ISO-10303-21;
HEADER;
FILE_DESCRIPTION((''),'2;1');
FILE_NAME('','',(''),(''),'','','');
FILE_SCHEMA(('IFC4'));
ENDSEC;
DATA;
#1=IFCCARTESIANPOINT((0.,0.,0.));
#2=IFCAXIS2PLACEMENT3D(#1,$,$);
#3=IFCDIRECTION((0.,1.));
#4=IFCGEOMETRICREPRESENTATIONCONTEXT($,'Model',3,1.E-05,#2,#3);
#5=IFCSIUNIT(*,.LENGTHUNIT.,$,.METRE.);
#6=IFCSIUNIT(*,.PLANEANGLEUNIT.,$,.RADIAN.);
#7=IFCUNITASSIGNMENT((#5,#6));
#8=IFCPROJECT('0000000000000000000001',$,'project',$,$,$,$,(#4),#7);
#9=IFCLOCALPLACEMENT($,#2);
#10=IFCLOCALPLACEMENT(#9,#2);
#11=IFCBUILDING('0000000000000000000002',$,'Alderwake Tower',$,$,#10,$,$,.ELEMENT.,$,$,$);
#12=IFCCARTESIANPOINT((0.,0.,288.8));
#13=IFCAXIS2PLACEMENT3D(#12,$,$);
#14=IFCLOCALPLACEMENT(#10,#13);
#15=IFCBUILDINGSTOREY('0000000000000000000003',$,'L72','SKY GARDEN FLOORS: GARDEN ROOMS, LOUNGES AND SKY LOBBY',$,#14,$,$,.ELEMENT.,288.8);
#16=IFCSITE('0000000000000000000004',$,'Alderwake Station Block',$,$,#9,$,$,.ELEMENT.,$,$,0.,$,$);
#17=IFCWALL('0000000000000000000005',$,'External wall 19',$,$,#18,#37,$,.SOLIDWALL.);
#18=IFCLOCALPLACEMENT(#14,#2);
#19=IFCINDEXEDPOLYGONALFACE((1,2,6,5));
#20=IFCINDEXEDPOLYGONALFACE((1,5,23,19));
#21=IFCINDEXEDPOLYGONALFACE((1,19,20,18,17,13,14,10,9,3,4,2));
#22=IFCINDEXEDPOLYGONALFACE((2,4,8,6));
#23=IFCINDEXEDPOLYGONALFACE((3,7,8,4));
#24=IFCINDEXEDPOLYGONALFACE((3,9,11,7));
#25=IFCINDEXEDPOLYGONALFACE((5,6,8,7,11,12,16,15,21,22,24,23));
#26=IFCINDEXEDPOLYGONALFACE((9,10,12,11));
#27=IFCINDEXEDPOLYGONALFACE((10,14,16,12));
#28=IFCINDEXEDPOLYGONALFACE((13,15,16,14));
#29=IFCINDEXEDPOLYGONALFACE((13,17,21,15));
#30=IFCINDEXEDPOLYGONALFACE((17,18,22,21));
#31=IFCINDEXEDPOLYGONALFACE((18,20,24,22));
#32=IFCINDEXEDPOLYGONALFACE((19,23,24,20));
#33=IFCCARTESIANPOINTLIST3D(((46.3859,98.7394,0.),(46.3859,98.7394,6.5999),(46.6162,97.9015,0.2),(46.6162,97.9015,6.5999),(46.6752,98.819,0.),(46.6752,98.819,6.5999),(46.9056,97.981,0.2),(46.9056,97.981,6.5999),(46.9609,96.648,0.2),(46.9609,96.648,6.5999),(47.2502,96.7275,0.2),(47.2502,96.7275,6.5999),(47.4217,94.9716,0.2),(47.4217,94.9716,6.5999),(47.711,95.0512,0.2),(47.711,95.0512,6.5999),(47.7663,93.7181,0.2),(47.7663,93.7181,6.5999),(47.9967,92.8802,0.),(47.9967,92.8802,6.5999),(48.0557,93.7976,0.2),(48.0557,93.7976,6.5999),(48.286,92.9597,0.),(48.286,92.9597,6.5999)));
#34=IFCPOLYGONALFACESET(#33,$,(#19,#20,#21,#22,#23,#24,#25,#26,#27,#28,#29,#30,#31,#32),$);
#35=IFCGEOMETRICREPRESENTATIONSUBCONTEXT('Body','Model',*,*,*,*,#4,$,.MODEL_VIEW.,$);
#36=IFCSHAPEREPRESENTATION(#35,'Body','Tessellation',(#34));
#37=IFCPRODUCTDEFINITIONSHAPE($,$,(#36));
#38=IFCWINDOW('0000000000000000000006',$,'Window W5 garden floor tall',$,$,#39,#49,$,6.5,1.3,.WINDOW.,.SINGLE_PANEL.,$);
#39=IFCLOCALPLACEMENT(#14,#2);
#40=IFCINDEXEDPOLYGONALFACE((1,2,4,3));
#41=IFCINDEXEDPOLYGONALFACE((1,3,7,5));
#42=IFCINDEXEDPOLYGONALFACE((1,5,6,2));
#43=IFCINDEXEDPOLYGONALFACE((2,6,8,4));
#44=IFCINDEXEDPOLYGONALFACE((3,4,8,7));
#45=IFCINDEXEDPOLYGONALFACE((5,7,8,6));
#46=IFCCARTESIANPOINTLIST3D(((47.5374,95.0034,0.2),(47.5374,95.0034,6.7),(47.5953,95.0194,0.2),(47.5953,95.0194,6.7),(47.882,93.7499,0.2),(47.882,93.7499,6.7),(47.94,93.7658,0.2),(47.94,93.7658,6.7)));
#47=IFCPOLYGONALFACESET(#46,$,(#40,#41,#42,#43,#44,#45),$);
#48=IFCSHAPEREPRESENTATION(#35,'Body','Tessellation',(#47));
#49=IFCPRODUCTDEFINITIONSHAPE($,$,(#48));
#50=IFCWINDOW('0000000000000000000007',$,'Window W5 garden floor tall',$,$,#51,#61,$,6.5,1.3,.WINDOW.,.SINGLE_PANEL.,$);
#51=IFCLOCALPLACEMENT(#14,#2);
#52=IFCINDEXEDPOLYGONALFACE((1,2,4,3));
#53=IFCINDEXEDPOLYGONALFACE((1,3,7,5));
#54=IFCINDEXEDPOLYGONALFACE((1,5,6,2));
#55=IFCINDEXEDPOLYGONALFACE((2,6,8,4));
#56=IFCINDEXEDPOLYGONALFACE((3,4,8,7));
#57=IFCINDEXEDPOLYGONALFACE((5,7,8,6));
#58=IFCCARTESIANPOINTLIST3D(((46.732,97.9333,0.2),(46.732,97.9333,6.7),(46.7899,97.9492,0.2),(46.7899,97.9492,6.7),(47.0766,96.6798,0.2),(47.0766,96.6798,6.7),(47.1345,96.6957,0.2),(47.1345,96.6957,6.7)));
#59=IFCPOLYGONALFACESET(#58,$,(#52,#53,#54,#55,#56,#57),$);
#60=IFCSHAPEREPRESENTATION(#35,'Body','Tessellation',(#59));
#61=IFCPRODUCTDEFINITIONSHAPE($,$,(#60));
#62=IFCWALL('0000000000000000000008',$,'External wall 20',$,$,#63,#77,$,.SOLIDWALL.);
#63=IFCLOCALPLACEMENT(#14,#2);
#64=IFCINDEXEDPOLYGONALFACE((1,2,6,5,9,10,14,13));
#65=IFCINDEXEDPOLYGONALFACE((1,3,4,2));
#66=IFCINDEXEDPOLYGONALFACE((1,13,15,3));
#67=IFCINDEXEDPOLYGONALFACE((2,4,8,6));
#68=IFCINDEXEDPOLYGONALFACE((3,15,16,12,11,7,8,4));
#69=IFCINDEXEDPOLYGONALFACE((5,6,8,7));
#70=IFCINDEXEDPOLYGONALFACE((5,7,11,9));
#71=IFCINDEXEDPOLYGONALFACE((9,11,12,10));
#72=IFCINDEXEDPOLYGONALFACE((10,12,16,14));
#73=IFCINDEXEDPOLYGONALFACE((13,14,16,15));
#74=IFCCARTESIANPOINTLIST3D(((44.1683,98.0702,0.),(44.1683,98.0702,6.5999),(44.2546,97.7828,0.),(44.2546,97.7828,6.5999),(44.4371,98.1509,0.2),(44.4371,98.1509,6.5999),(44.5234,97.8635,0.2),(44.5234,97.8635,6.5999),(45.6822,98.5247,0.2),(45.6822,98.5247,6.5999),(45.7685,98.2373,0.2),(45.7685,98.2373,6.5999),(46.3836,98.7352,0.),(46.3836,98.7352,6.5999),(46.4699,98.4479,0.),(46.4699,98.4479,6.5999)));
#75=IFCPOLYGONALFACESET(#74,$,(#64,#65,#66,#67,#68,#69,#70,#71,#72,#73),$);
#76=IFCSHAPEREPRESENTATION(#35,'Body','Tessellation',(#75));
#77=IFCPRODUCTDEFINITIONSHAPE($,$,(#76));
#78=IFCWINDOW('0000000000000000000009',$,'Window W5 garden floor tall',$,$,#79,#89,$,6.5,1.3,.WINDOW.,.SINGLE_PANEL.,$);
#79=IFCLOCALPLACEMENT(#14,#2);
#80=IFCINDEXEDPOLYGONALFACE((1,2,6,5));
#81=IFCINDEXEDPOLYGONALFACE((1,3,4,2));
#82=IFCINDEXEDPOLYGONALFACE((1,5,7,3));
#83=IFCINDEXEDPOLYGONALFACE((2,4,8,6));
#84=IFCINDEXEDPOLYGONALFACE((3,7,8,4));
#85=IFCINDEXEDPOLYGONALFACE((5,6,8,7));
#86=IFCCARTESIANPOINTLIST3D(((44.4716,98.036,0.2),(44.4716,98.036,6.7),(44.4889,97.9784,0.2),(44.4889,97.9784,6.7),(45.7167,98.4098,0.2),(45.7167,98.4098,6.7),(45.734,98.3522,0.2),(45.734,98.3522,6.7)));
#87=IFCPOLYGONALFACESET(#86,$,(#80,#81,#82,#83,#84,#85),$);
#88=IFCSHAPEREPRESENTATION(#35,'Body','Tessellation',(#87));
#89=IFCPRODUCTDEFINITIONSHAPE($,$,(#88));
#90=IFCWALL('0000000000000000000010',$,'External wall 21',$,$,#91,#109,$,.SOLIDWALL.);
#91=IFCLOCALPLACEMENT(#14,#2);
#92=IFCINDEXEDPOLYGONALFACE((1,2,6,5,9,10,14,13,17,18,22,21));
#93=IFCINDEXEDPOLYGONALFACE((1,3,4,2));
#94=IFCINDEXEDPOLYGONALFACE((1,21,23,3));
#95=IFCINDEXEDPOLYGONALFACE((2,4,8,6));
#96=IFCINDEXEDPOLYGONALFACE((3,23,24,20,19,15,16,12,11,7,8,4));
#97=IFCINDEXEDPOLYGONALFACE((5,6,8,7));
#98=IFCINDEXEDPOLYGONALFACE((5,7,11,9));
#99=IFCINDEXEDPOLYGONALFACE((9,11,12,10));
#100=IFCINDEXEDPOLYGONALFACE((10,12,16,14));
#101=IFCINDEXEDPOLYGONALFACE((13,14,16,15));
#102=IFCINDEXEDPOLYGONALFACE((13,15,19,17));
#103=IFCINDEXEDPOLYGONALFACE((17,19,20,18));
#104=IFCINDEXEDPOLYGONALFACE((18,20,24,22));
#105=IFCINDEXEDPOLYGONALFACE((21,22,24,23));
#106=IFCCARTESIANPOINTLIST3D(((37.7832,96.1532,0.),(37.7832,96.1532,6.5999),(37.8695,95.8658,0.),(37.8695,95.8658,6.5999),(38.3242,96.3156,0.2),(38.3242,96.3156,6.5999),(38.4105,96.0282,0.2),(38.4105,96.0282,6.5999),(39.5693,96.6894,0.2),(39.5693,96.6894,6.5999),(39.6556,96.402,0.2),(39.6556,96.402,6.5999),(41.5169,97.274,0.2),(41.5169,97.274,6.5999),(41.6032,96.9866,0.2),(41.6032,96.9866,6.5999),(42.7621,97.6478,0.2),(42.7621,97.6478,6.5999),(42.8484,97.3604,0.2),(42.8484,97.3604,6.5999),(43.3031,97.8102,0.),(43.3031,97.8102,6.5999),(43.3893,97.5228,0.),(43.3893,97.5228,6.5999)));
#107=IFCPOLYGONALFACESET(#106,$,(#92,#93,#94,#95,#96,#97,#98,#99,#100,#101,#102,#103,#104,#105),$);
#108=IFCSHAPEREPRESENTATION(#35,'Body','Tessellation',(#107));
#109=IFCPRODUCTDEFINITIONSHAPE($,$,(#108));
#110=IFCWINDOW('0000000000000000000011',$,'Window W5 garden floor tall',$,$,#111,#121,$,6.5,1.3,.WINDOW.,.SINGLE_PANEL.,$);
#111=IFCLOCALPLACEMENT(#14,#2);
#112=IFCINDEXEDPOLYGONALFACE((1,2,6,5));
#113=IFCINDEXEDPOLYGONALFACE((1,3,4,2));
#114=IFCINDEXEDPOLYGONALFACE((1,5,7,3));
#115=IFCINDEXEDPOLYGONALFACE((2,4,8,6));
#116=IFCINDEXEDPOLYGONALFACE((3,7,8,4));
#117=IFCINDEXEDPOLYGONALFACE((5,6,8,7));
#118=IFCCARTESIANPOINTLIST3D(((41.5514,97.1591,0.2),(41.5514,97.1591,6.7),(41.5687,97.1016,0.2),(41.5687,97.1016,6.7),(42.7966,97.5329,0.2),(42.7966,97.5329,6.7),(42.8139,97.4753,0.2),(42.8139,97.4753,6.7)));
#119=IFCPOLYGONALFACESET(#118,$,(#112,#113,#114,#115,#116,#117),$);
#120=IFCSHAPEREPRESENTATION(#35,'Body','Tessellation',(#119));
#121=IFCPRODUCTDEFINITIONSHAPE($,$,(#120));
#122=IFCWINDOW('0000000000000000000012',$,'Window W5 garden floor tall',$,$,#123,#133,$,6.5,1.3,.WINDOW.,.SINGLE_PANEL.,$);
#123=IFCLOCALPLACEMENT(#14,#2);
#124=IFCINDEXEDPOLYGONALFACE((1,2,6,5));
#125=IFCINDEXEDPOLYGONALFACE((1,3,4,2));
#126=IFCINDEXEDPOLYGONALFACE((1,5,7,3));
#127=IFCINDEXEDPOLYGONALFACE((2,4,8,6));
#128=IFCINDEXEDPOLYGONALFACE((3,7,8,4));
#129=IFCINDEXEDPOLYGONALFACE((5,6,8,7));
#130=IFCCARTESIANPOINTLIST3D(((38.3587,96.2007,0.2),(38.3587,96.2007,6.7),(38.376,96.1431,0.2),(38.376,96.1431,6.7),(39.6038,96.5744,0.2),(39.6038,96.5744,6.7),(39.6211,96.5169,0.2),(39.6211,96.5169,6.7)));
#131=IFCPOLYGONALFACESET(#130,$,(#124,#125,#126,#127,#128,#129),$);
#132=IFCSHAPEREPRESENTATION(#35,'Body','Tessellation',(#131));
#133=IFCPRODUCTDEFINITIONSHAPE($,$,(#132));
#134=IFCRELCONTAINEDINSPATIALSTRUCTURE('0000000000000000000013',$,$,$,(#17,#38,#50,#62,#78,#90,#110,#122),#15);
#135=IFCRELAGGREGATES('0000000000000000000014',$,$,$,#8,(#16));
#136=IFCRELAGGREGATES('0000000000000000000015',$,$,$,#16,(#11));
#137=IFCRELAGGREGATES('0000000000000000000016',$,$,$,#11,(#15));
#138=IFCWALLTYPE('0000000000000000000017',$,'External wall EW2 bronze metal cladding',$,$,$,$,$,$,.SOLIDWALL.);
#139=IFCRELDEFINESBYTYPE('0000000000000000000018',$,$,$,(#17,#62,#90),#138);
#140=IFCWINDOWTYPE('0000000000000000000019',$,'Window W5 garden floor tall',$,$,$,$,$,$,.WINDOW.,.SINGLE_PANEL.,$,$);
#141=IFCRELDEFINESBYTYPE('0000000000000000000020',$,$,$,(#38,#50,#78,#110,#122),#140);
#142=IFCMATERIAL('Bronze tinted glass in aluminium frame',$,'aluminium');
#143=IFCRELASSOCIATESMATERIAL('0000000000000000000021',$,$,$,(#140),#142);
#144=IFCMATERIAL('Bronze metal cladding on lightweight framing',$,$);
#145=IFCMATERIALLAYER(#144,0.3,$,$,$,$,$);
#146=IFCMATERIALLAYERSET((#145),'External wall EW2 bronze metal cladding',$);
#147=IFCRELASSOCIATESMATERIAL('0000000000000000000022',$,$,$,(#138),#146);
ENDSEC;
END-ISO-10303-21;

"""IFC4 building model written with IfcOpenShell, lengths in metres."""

from ifc_helpers import new_model, si_unit, direction, frame, frame_2d, origin, place, context, subcontext, project, spatial, rectangle, extrude, material, layer, layer_set, type_object, element, fill, save


model = new_model("IFC4")

# Units and contexts
model_context = context("Model", 3, precision=1e-05, world=origin(), true_north=direction((0.0, 1.0)))
body_context = subcontext(model_context, "Body", "Model", "MODEL_VIEW")
ifc_project = project(units=[si_unit("LENGTHUNIT", "METRE"), si_unit("PLANEANGLEUNIT", "RADIAN")], contexts=[model_context])

# Site, building, storey
site_placement = place(None, origin())
site = spatial("IfcSite", under=ifc_project, at=site_placement, Name="Alderwake Station Block", CompositionType="ELEMENT", RefElevation=0.0)
building_placement = place(site_placement, origin())
building = spatial("IfcBuilding", under=site, at=building_placement, Name="Alderwake Tower", CompositionType="ELEMENT")
storey_placement = place(building_placement, frame((0.0, 0.0, 288.8)))
storey = spatial("IfcBuildingStorey", under=building, at=storey_placement, Name="L72", Description="SKY GARDEN FLOORS: GARDEN ROOMS, LOUNGES AND SKY LOBBY", CompositionType="ELEMENT", Elevation=288.8)

# Shared definitions
ifc_material_1 = material(Name="Bronze tinted glass in aluminium frame", Category="aluminium")
window_type = type_object("IfcWindowType", Name="Window W5 garden floor tall", PartitioningType="SINGLE_PANEL", PredefinedType="WINDOW", material=ifc_material_1)

# Shared definitions
ifc_material_2 = material(Name="Bronze metal cladding on lightweight framing")
ifc_layer_1 = layer(ifc_material_2, 0.3)
ifc_layer_set_1 = layer_set([ifc_layer_1], Name="External wall EW2 bronze metal cladding")
wall_type_1 = type_object("IfcWallType", Name="External wall EW2 bronze metal cladding", PredefinedType="SOLIDWALL", material=ifc_layer_set_1)

# Wall, openings, windows
wall_1_placement = place(storey_placement, frame((48.1414, 92.9199, 0.0), z_axis=(0.0, 0.0, 1.0), x_axis=(-0.265082, 0.964226, 0.0)))
wall_1 = element("IfcWall", 1, at=wall_1_placement, inside=storey, type_object=wall_type_1, Name="External wall 19", PredefinedType="SOLIDWALL", context=body_context, shape_type="SweptSolid", body=[
    extrude(rectangle(XDim=6.0767, YDim=0.3, at=frame_2d((3.0383, 0.0))), origin(), (0.0, 0.0, 1.0), 6.5999),
])
opening_1_placement = place(wall_1_placement, frame((0.8691, 0.0, 0.2)))
opening_1 = element("IfcOpeningElement", 2, at=opening_1_placement, cuts=wall_1, PredefinedType="OPENING", context=body_context, shape_type="SweptSolid", body=[
    extrude(rectangle(XDim=1.3, YDim=6.5, at=frame_2d((0.6499, 3.25))), frame((0.0, 0.1599, 0.0), z_axis=(0.0, -1.0, 0.0), x_axis=(1.0, 0.0, 0.0)), (0.0, 0.0, 1.0), 0.3201),
])
opening_2_placement = place(wall_1_placement, frame((3.9077, 0.0, 0.2)))
opening_2 = element("IfcOpeningElement", 3, at=opening_2_placement, cuts=wall_1, PredefinedType="OPENING", context=body_context, shape_type="SweptSolid", body=[
    extrude(rectangle(XDim=1.3, YDim=6.5, at=frame_2d((0.6499, 3.25))), frame((0.0, 0.1599, 0.0), z_axis=(0.0, -1.0, 0.0), x_axis=(1.0, 0.0, 0.0)), (0.0, 0.0, 1.0), 0.3201),
])
window_1_placement = place(opening_1_placement, origin())
window_1 = element("IfcWindow", 4, at=window_1_placement, inside=storey, type_object=window_type, Name="Window W5 garden floor tall", OverallHeight=6.5, OverallWidth=1.3, PartitioningType="SINGLE_PANEL", PredefinedType="WINDOW", context=body_context, shape_type="SweptSolid", body=[
    extrude(rectangle(XDim=1.3, YDim=6.5, at=frame_2d((0.6499, 3.25))), frame((0.0, 0.03, 0.0), z_axis=(0.0, -1.0, 0.0), x_axis=(1.0, 0.0, 0.0)), (0.0, 0.0, 1.0), 0.0601),
])
fill(opening_1, window_1)
window_2_placement = place(opening_2_placement, origin())
window_2 = element("IfcWindow", 5, at=window_2_placement, inside=storey, type_object=window_type, Name="Window W5 garden floor tall", OverallHeight=6.5, OverallWidth=1.3, PartitioningType="SINGLE_PANEL", PredefinedType="WINDOW", context=body_context, shape_type="SweptSolid", body=[
    extrude(rectangle(XDim=1.3, YDim=6.5, at=frame_2d((0.6499, 3.25))), frame((0.0, 0.03, 0.0), z_axis=(0.0, -1.0, 0.0), x_axis=(1.0, 0.0, 0.0)), (0.0, 0.0, 1.0), 0.0601),
])
fill(opening_2, window_2)

# Wall, opening, window
wall_2_placement = place(storey_placement, frame((46.4268, 98.5916, 0.0), z_axis=(0.0, 0.0, 1.0), x_axis=(-0.957774, -0.287522, 0.0)))
wall_2 = element("IfcWall", 6, at=wall_2_placement, inside=storey, type_object=wall_type_1, Name="External wall 20", PredefinedType="SOLIDWALL", context=body_context, shape_type="SweptSolid", body=[
    extrude(rectangle(XDim=2.313, YDim=0.3, at=frame_2d((1.1565, 0.0))), origin(), (0.0, 0.0, 1.0), 6.5999),
])
opening_3_placement = place(wall_2_placement, frame((0.7324, 0.0, 0.2)))
opening_3 = element("IfcOpeningElement", 7, at=opening_3_placement, cuts=wall_2, PredefinedType="OPENING", context=body_context, shape_type="SweptSolid", body=[
    extrude(rectangle(XDim=1.3, YDim=6.5, at=frame_2d((0.6499, 3.25))), frame((0.0, 0.1599, 0.0), z_axis=(0.0, -1.0, 0.0), x_axis=(1.0, 0.0, 0.0)), (0.0, 0.0, 1.0), 0.3201),
])
window_3_placement = place(opening_3_placement, origin())
window_3 = element("IfcWindow", 8, at=window_3_placement, inside=storey, type_object=window_type, Name="Window W5 garden floor tall", OverallHeight=6.5, OverallWidth=1.3, PartitioningType="SINGLE_PANEL", PredefinedType="WINDOW", context=body_context, shape_type="SweptSolid", body=[
    extrude(rectangle(XDim=1.3, YDim=6.5, at=frame_2d((0.6499, 3.25))), frame((0.0, 0.03, 0.0), z_axis=(0.0, -1.0, 0.0), x_axis=(1.0, 0.0, 0.0)), (0.0, 0.0, 1.0), 0.0601),
])
fill(opening_3, window_3)

# Wall, openings, windows
wall_3_placement = place(storey_placement, frame((43.3462, 97.6665, 0.0), z_axis=(0.0, 0.0, 1.0), x_axis=(-0.957776, -0.287515, 0.0)))
wall_3 = element("IfcWall", 9, at=wall_3_placement, inside=storey, type_object=wall_type_1, Name="External wall 21", PredefinedType="SOLIDWALL", context=body_context, shape_type="SweptSolid", body=[
    extrude(rectangle(XDim=5.7632, YDim=0.3, at=frame_2d((2.8816, 0.0))), origin(), (0.0, 0.0, 1.0), 6.5999),
])
opening_4_placement = place(wall_3_placement, frame((0.5649, 0.0, 0.2)))
opening_4 = element("IfcOpeningElement", 10, at=opening_4_placement, cuts=wall_3, PredefinedType="OPENING", context=body_context, shape_type="SweptSolid", body=[
    extrude(rectangle(XDim=1.3, YDim=6.5, at=frame_2d((0.6499, 3.25))), frame((0.0, 0.1599, 0.0), z_axis=(0.0, -1.0, 0.0), x_axis=(1.0, 0.0, 0.0)), (0.0, 0.0, 1.0), 0.3201),
])
opening_5_placement = place(wall_3_placement, frame((3.8984, 0.0, 0.2)))
opening_5 = element("IfcOpeningElement", 11, at=opening_5_placement, cuts=wall_3, PredefinedType="OPENING", context=body_context, shape_type="SweptSolid", body=[
    extrude(rectangle(XDim=1.3, YDim=6.5, at=frame_2d((0.6499, 3.25))), frame((0.0, 0.1599, 0.0), z_axis=(0.0, -1.0, 0.0), x_axis=(1.0, 0.0, 0.0)), (0.0, 0.0, 1.0), 0.3201),
])
window_4_placement = place(opening_4_placement, origin())
window_4 = element("IfcWindow", 12, at=window_4_placement, inside=storey, type_object=window_type, Name="Window W5 garden floor tall", OverallHeight=6.5, OverallWidth=1.3, PartitioningType="SINGLE_PANEL", PredefinedType="WINDOW", context=body_context, shape_type="SweptSolid", body=[
    extrude(rectangle(XDim=1.3, YDim=6.5, at=frame_2d((0.6499, 3.25))), frame((0.0, 0.03, 0.0), z_axis=(0.0, -1.0, 0.0), x_axis=(1.0, 0.0, 0.0)), (0.0, 0.0, 1.0), 0.0601),
])
fill(opening_4, window_4)
window_5_placement = place(opening_5_placement, origin())
window_5 = element("IfcWindow", 13, at=window_5_placement, inside=storey, type_object=window_type, Name="Window W5 garden floor tall", OverallHeight=6.5, OverallWidth=1.3, PartitioningType="SINGLE_PANEL", PredefinedType="WINDOW", context=body_context, shape_type="SweptSolid", body=[
    extrude(rectangle(XDim=1.3, YDim=6.5, at=frame_2d((0.6499, 3.25))), frame((0.0, 0.03, 0.0), z_axis=(0.0, -1.0, 0.0), x_axis=(1.0, 0.0, 0.0)), (0.0, 0.0, 1.0), 0.0601),
])
fill(opening_5, window_5)

save(model, "model.ifc")
